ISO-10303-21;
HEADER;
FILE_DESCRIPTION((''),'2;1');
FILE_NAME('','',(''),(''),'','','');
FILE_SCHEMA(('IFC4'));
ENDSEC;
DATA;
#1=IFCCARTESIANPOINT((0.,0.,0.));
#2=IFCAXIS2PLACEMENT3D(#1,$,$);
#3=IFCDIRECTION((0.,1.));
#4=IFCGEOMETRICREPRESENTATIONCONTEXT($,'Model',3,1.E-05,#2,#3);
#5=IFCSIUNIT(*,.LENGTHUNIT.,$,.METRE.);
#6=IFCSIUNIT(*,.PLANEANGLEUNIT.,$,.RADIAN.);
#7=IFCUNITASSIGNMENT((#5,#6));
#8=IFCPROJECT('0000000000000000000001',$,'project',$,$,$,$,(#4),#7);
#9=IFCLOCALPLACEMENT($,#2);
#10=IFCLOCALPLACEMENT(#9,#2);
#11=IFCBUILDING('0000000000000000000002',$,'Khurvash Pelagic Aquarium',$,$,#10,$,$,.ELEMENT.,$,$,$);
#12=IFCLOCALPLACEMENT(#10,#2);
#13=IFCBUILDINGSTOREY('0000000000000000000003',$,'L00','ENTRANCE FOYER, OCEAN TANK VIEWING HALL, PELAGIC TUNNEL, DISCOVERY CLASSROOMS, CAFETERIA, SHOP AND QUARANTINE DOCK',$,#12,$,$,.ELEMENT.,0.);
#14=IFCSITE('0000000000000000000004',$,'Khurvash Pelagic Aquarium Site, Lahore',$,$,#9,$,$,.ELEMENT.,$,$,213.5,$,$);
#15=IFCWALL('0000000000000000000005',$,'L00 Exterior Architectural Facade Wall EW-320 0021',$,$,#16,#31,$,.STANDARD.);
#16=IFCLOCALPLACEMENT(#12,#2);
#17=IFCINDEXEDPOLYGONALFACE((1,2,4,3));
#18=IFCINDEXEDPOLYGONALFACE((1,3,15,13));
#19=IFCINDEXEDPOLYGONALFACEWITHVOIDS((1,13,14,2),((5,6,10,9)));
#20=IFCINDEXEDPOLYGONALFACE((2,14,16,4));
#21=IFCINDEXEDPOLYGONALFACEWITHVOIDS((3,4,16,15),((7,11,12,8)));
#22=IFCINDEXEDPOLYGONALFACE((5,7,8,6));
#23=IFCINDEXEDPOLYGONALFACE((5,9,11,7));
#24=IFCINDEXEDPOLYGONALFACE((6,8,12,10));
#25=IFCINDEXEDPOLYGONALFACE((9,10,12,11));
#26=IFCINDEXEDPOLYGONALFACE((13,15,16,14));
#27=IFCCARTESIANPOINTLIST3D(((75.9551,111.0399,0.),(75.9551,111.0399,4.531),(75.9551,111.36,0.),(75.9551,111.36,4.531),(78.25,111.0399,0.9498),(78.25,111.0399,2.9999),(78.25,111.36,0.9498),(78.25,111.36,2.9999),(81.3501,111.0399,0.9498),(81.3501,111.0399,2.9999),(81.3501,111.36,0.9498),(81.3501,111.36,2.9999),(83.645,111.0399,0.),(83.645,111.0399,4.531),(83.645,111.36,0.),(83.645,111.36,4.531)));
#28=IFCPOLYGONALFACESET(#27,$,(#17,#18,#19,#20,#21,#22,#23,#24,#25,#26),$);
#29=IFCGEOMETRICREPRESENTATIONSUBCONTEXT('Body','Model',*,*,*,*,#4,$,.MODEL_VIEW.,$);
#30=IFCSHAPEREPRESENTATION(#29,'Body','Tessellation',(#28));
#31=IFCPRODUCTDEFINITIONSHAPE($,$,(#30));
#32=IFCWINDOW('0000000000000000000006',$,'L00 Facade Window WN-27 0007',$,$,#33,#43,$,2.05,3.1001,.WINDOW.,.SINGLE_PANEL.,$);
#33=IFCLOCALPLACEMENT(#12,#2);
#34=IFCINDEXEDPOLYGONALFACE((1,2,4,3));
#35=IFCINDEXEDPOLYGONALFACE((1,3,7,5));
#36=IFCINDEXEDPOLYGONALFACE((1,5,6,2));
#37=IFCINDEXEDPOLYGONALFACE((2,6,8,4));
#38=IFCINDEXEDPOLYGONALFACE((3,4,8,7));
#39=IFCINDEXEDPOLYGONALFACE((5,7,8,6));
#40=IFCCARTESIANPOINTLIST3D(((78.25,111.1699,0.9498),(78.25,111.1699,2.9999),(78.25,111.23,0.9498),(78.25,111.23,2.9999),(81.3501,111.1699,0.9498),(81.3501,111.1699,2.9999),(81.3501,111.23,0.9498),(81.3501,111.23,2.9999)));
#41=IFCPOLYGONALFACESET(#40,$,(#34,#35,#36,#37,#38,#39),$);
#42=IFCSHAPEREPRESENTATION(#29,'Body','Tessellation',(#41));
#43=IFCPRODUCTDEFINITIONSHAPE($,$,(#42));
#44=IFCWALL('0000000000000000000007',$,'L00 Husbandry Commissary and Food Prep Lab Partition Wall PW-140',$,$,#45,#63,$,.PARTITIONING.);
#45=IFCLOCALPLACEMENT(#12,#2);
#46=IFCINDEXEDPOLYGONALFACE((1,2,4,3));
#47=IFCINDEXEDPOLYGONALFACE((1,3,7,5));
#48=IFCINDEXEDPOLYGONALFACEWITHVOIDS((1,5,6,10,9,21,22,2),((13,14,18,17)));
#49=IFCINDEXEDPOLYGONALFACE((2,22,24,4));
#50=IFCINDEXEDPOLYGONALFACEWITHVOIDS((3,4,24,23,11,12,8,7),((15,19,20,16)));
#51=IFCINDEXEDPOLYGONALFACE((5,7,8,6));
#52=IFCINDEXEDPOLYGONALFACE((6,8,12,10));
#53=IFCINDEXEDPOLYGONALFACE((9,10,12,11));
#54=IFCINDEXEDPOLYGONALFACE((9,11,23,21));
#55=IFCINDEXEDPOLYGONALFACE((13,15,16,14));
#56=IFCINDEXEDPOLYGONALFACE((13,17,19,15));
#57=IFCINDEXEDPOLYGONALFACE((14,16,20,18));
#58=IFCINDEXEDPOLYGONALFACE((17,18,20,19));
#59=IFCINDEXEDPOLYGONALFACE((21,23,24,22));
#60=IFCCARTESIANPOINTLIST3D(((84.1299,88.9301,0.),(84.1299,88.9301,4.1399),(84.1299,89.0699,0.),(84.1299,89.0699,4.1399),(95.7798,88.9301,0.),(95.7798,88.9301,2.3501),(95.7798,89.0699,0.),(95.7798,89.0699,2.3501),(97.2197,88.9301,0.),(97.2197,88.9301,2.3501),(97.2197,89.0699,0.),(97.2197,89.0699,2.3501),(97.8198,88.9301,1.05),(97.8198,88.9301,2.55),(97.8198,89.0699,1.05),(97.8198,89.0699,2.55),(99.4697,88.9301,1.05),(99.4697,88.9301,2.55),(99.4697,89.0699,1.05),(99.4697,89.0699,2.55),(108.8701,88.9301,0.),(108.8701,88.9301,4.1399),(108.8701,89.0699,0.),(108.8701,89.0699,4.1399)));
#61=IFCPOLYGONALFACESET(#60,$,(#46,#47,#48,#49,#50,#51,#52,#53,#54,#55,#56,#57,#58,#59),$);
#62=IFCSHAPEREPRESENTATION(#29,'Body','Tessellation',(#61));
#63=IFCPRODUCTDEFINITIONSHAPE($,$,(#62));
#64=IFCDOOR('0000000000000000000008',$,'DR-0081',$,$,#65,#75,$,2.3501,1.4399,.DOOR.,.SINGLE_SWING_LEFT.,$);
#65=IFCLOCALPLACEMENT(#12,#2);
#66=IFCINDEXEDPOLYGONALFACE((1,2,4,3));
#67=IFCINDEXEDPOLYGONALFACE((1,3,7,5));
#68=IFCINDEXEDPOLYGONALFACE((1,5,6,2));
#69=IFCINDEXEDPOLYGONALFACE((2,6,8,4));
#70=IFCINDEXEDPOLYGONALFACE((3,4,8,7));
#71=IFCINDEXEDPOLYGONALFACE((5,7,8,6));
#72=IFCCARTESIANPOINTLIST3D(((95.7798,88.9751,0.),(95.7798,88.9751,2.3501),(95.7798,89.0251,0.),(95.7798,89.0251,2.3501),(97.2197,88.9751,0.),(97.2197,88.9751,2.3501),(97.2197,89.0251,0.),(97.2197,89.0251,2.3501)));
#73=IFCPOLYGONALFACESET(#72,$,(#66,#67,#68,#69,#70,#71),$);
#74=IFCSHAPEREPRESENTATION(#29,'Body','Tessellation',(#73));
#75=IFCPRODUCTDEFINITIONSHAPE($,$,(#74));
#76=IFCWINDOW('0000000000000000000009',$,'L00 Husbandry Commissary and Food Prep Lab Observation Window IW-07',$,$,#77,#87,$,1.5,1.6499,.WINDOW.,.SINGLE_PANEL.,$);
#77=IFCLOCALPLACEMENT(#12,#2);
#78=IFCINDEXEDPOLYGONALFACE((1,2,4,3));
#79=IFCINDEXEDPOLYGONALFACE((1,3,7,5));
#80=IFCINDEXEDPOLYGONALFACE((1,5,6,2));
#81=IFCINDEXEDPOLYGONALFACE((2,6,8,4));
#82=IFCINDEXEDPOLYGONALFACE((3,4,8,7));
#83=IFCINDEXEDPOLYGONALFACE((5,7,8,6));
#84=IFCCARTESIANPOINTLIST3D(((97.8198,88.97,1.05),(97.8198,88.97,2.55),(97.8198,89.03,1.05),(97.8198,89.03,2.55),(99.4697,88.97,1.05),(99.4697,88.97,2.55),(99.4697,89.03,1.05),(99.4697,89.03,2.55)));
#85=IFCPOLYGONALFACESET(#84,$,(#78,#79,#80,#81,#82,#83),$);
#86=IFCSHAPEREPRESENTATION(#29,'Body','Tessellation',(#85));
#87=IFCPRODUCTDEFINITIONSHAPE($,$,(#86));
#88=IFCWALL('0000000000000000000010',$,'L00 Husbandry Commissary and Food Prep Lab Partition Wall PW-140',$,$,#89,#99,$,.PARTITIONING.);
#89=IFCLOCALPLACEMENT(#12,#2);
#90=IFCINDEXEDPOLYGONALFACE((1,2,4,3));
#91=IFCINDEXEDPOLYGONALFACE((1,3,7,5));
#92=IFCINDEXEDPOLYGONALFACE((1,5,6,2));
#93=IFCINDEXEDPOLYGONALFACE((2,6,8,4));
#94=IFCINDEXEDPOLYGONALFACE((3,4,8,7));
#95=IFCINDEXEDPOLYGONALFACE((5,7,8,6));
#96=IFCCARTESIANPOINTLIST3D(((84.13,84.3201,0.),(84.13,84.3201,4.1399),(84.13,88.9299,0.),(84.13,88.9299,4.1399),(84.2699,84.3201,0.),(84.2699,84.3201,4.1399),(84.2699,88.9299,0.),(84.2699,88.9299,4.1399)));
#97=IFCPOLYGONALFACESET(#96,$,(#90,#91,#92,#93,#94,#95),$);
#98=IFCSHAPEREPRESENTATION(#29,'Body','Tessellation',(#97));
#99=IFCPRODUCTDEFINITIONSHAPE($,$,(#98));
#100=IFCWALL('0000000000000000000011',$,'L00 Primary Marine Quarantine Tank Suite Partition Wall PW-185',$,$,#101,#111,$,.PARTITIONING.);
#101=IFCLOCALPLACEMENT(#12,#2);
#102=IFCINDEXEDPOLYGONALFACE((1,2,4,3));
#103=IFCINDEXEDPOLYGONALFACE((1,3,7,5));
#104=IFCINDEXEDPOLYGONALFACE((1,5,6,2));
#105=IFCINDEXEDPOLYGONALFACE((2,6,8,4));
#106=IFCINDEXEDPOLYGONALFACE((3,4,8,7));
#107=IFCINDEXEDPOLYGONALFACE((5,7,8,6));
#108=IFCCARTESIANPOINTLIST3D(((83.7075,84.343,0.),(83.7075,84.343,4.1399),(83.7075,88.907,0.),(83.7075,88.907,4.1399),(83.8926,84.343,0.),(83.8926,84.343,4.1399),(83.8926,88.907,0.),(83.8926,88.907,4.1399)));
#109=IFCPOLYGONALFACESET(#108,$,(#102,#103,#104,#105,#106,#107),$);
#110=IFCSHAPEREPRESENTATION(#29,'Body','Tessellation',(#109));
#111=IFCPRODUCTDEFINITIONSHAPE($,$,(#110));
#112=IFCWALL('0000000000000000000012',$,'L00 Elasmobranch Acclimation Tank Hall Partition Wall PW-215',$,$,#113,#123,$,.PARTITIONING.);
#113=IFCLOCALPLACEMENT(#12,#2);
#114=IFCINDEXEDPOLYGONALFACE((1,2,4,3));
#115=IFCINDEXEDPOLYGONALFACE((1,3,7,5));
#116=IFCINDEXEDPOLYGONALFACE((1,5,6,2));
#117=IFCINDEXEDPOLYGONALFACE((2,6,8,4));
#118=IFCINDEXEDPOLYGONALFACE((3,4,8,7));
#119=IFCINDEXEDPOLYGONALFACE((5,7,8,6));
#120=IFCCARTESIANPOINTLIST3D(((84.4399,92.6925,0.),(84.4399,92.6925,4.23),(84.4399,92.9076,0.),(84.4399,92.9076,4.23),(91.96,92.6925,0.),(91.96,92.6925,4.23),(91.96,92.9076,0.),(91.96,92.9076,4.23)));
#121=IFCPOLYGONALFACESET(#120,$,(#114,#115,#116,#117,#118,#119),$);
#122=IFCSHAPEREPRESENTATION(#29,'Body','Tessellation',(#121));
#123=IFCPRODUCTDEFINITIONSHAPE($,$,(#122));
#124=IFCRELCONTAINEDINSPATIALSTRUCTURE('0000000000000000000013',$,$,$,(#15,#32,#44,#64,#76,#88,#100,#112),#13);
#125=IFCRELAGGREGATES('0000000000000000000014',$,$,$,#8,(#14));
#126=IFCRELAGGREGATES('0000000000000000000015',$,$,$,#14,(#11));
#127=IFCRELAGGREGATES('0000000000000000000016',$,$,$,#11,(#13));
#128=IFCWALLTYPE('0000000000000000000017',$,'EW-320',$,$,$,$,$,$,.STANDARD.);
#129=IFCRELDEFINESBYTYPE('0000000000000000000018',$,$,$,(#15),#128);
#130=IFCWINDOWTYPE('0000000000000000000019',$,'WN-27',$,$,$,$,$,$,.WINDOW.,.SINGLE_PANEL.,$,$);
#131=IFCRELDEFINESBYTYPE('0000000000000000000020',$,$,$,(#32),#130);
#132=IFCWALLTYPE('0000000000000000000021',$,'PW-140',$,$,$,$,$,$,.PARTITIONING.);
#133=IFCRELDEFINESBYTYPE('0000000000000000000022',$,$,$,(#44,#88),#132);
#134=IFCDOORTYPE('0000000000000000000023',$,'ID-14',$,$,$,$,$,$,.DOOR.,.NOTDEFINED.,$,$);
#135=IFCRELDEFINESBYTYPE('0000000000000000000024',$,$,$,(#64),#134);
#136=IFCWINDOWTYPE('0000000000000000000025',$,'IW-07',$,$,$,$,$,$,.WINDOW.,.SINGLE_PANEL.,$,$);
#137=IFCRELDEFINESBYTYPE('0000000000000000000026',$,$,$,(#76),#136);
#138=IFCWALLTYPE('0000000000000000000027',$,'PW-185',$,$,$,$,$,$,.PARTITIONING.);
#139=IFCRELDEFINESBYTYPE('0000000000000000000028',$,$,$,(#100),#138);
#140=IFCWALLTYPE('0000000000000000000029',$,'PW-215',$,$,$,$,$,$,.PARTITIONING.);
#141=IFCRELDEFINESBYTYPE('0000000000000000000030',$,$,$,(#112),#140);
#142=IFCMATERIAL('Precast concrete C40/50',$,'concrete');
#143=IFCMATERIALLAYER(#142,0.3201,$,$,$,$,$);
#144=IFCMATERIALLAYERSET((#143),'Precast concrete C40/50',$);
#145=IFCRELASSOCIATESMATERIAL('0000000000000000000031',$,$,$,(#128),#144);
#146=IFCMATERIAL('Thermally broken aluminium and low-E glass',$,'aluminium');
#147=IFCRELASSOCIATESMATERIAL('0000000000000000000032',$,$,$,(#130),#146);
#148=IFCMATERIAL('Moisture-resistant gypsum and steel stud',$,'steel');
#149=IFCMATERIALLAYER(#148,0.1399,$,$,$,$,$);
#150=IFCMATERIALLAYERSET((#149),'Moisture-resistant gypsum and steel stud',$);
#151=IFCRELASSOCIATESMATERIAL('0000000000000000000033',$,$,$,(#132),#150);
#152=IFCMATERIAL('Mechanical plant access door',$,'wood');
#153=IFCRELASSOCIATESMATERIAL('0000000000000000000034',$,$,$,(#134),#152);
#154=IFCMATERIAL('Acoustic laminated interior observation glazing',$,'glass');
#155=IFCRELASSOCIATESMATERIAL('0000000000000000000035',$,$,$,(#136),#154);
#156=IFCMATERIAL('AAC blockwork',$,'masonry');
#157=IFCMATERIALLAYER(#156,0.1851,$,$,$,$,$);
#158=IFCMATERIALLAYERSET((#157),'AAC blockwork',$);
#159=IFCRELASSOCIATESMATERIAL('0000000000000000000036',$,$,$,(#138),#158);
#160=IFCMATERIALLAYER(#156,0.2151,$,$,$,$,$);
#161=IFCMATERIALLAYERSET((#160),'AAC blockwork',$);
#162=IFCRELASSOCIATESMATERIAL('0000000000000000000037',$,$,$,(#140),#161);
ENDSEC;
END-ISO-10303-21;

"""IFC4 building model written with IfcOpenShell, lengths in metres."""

from ifc_helpers import new_model, si_unit, direction, frame, frame_2d, origin, place, context, subcontext, project, spatial, rectangle, extrude, material, layer, layer_set, type_object, element, fill, save


model = new_model("IFC4")

# Units and contexts
model_context = context("Model", 3, precision=1e-05, world=origin(), true_north=direction((0.0, 1.0)))
body_context = subcontext(model_context, "Body", "Model", "MODEL_VIEW")
ifc_project = project(units=[si_unit("LENGTHUNIT", "METRE"), si_unit("PLANEANGLEUNIT", "RADIAN")], contexts=[model_context])

# Site, building, storey
site_placement = place(None, origin())
site = spatial("IfcSite", under=ifc_project, at=site_placement, Name="Khurvash Pelagic Aquarium Site, Lahore", CompositionType="ELEMENT", RefElevation=213.5)
building_placement = place(site_placement, origin())
building = spatial("IfcBuilding", under=site, at=building_placement, Name="Khurvash Pelagic Aquarium", CompositionType="ELEMENT")
storey_placement = place(building_placement, origin())
storey = spatial("IfcBuildingStorey", under=building, at=storey_placement, Name="L00", Description="ENTRANCE FOYER, OCEAN TANK VIEWING HALL, PELAGIC TUNNEL, DISCOVERY CLASSROOMS, CAFETERIA, SHOP AND QUARANTINE DOCK", CompositionType="ELEMENT", Elevation=0.0)

# Wall, opening, window
ifc_material_1 = material(Name="Precast concrete C40/50", Category="concrete")
ifc_layer_1 = layer(ifc_material_1, 0.3201)
ifc_layer_set_1 = layer_set([ifc_layer_1], Name="Precast concrete C40/50")
wall_type_1 = type_object("IfcWallType", Name="EW-320", PredefinedType="STANDARD", material=ifc_layer_set_1)
wall_1_placement = place(storey_placement, frame((83.645, 111.2, 0.0), z_axis=(0.0, 0.0, 1.0), x_axis=(-1.0, 0.0, 0.0)))
wall_1 = element("IfcWall", 1, at=wall_1_placement, inside=storey, type_object=wall_type_1, Name="L00 Exterior Architectural Facade Wall EW-320 0021", PredefinedType="STANDARD", context=body_context, shape_type="SweptSolid", body=[
    extrude(rectangle(XDim=7.6899, YDim=0.3201, at=frame_2d((3.845, 0.0))), origin(), (0.0, 0.0, 1.0), 4.531),
])
opening_1_placement = place(wall_1_placement, frame((2.2949, 0.0, 0.95)))
opening_1 = element("IfcOpeningElement", 2, at=opening_1_placement, cuts=wall_1, PredefinedType="OPENING", context=body_context, shape_type="SweptSolid", body=[
    extrude(rectangle(XDim=3.1001, YDim=2.05, at=frame_2d((1.55, 1.0249))), frame((0.0, 0.1699, 0.0), z_axis=(0.0, -1.0, 0.0), x_axis=(1.0, 0.0, 0.0)), (0.0, 0.0, 1.0), 0.3401),
])
ifc_material_2 = material(Name="Thermally broken aluminium and low-E glass", Category="aluminium")
window_type_1 = type_object("IfcWindowType", Name="WN-27", PartitioningType="SINGLE_PANEL", PredefinedType="WINDOW", material=ifc_material_2)
window_1_placement = place(opening_1_placement, origin())
window_1 = element("IfcWindow", 3, at=window_1_placement, inside=storey, type_object=window_type_1, Name="L00 Facade Window WN-27 0007", OverallHeight=2.05, OverallWidth=3.1001, PartitioningType="SINGLE_PANEL", PredefinedType="WINDOW", context=body_context, shape_type="SweptSolid", body=[
    extrude(rectangle(XDim=3.1001, YDim=2.05, at=frame_2d((1.55, 1.0249))), frame((0.0, 0.03, 0.0), z_axis=(0.0, -1.0, 0.0), x_axis=(1.0, 0.0, 0.0)), (0.0, 0.0, 1.0), 0.0601),
])
fill(opening_1, window_1)

# Wall, openings, door, window
ifc_material_3 = material(Name="Moisture-resistant gypsum and steel stud", Category="steel")
ifc_layer_2 = layer(ifc_material_3, 0.1399)
ifc_layer_set_2 = layer_set([ifc_layer_2], Name="Moisture-resistant gypsum and steel stud")
wall_type_2 = type_object("IfcWallType", Name="PW-140", PredefinedType="PARTITIONING", material=ifc_layer_set_2)
wall_2_placement = place(storey_placement, frame((84.1299, 89.0, 0.0), z_axis=(0.0, 0.0, 1.0), x_axis=(1.0, 0.0, 0.0)))
wall_2 = element("IfcWall", 4, at=wall_2_placement, inside=storey, type_object=wall_type_2, Name="L00 Husbandry Commissary and Food Prep Lab Partition Wall PW-140", PredefinedType="PARTITIONING", context=body_context, shape_type="SweptSolid", body=[
    extrude(rectangle(XDim=24.7402, YDim=0.1399, at=frame_2d((12.3701, 0.0))), origin(), (0.0, 0.0, 1.0), 4.1399),
])
opening_2_placement = place(wall_2_placement, frame((11.6499, 0.0, 0.0)))
opening_2 = element("IfcOpeningElement", 5, at=opening_2_placement, cuts=wall_2, PredefinedType="OPENING", context=body_context, shape_type="SweptSolid", body=[
    extrude(rectangle(XDim=1.4399, YDim=2.3501, at=frame_2d((0.72, 1.175))), frame((0.0, 0.0801, 0.0), z_axis=(0.0, -1.0, 0.0), x_axis=(1.0, 0.0, 0.0)), (0.0, 0.0, 1.0), 0.1599),
])
opening_3_placement = place(wall_2_placement, frame((13.6899, 0.0, 1.05)))
opening_3 = element("IfcOpeningElement", 6, at=opening_3_placement, cuts=wall_2, PredefinedType="OPENING", context=body_context, shape_type="SweptSolid", body=[
    extrude(rectangle(XDim=1.6499, YDim=1.5, at=frame_2d((0.825, 0.75))), frame((0.0, 0.0801, 0.0), z_axis=(0.0, -1.0, 0.0), x_axis=(1.0, 0.0, 0.0)), (0.0, 0.0, 1.0), 0.1599),
])
ifc_material_4 = material(Name="Mechanical plant access door", Category="wood")
door_type = type_object("IfcDoorType", Name="ID-14", OperationType="NOTDEFINED", PredefinedType="DOOR", material=ifc_material_4)
door_placement = place(opening_2_placement, frame((1.4399, 0.0, 0.0), z_axis=(0.0, 0.0, 1.0), x_axis=(-1.0, 0.0, 0.0)))
door = element("IfcDoor", 7, at=door_placement, inside=storey, type_object=door_type, Name="DR-0081", OperationType="SINGLE_SWING_LEFT", OverallHeight=2.3501, OverallWidth=1.4399, PredefinedType="DOOR", context=body_context, shape_type="SweptSolid", body=[
    extrude(rectangle(XDim=1.4399, YDim=2.3501, at=frame_2d((0.72, 1.175))), frame((0.0, 0.0249, 0.0), z_axis=(0.0, -1.0, 0.0), x_axis=(1.0, 0.0, 0.0)), (0.0, 0.0, 1.0), 0.05),
])
fill(opening_2, door)
ifc_material_5 = material(Name="Acoustic laminated interior observation glazing", Category="glass")
window_type_2 = type_object("IfcWindowType", Name="IW-07", PartitioningType="SINGLE_PANEL", PredefinedType="WINDOW", material=ifc_material_5)
window_2_placement = place(opening_3_placement, origin())
window_2 = element("IfcWindow", 8, at=window_2_placement, inside=storey, type_object=window_type_2, Name="L00 Husbandry Commissary and Food Prep Lab Observation Window IW-07", OverallHeight=1.5, OverallWidth=1.6499, PartitioningType="SINGLE_PANEL", PredefinedType="WINDOW", context=body_context, shape_type="SweptSolid", body=[
    extrude(rectangle(XDim=1.6499, YDim=1.5, at=frame_2d((0.825, 0.75))), frame((0.0, 0.03, 0.0), z_axis=(0.0, -1.0, 0.0), x_axis=(1.0, 0.0, 0.0)), (0.0, 0.0, 1.0), 0.0601),
])
fill(opening_3, window_2)

# Walls
wall_3_placement = place(storey_placement, frame((84.2, 84.3201, 0.0), z_axis=(0.0, 0.0, 1.0), x_axis=(0.0, 1.0, 0.0)))
element("IfcWall", 9, at=wall_3_placement, inside=storey, type_object=wall_type_2, Name="L00 Husbandry Commissary and Food Prep Lab Partition Wall PW-140", PredefinedType="PARTITIONING", context=body_context, shape_type="SweptSolid", body=[
    extrude(rectangle(XDim=4.6099, YDim=0.1399, at=frame_2d((2.3049, 0.0))), origin(), (0.0, 0.0, 1.0), 4.1399),
])
ifc_material_6 = material(Name="AAC blockwork", Category="masonry")
ifc_layer_3 = layer(ifc_material_6, 0.1851)
ifc_layer_set_3 = layer_set([ifc_layer_3], Name="AAC blockwork")
wall_type_3 = type_object("IfcWallType", Name="PW-185", PredefinedType="PARTITIONING", material=ifc_layer_set_3)
wall_4_placement = place(storey_placement, frame((83.8, 84.343, 0.0), z_axis=(0.0, 0.0, 1.0), x_axis=(0.0, 1.0, 0.0)))
element("IfcWall", 10, at=wall_4_placement, inside=storey, type_object=wall_type_3, Name="L00 Primary Marine Quarantine Tank Suite Partition Wall PW-185", PredefinedType="PARTITIONING", context=body_context, shape_type="SweptSolid", body=[
    extrude(rectangle(XDim=4.564, YDim=0.1851, at=frame_2d((2.282, 0.0))), origin(), (0.0, 0.0, 1.0), 4.1399),
])
ifc_layer_4 = layer(ifc_material_6, 0.2151)
ifc_layer_set_4 = layer_set([ifc_layer_4], Name="AAC blockwork")
wall_type_4 = type_object("IfcWallType", Name="PW-215", PredefinedType="PARTITIONING", material=ifc_layer_set_4)
wall_5_placement = place(storey_placement, frame((84.4399, 92.8, 0.0), z_axis=(0.0, 0.0, 1.0), x_axis=(1.0, 0.0, 0.0)))
element("IfcWall", 11, at=wall_5_placement, inside=storey, type_object=wall_type_4, Name="L00 Elasmobranch Acclimation Tank Hall Partition Wall PW-215", PredefinedType="PARTITIONING", context=body_context, shape_type="SweptSolid", body=[
    extrude(rectangle(XDim=7.52, YDim=0.2151, at=frame_2d((3.76, 0.0))), origin(), (0.0, 0.0, 1.0), 4.23),
])

save(model, "model.ifc")
